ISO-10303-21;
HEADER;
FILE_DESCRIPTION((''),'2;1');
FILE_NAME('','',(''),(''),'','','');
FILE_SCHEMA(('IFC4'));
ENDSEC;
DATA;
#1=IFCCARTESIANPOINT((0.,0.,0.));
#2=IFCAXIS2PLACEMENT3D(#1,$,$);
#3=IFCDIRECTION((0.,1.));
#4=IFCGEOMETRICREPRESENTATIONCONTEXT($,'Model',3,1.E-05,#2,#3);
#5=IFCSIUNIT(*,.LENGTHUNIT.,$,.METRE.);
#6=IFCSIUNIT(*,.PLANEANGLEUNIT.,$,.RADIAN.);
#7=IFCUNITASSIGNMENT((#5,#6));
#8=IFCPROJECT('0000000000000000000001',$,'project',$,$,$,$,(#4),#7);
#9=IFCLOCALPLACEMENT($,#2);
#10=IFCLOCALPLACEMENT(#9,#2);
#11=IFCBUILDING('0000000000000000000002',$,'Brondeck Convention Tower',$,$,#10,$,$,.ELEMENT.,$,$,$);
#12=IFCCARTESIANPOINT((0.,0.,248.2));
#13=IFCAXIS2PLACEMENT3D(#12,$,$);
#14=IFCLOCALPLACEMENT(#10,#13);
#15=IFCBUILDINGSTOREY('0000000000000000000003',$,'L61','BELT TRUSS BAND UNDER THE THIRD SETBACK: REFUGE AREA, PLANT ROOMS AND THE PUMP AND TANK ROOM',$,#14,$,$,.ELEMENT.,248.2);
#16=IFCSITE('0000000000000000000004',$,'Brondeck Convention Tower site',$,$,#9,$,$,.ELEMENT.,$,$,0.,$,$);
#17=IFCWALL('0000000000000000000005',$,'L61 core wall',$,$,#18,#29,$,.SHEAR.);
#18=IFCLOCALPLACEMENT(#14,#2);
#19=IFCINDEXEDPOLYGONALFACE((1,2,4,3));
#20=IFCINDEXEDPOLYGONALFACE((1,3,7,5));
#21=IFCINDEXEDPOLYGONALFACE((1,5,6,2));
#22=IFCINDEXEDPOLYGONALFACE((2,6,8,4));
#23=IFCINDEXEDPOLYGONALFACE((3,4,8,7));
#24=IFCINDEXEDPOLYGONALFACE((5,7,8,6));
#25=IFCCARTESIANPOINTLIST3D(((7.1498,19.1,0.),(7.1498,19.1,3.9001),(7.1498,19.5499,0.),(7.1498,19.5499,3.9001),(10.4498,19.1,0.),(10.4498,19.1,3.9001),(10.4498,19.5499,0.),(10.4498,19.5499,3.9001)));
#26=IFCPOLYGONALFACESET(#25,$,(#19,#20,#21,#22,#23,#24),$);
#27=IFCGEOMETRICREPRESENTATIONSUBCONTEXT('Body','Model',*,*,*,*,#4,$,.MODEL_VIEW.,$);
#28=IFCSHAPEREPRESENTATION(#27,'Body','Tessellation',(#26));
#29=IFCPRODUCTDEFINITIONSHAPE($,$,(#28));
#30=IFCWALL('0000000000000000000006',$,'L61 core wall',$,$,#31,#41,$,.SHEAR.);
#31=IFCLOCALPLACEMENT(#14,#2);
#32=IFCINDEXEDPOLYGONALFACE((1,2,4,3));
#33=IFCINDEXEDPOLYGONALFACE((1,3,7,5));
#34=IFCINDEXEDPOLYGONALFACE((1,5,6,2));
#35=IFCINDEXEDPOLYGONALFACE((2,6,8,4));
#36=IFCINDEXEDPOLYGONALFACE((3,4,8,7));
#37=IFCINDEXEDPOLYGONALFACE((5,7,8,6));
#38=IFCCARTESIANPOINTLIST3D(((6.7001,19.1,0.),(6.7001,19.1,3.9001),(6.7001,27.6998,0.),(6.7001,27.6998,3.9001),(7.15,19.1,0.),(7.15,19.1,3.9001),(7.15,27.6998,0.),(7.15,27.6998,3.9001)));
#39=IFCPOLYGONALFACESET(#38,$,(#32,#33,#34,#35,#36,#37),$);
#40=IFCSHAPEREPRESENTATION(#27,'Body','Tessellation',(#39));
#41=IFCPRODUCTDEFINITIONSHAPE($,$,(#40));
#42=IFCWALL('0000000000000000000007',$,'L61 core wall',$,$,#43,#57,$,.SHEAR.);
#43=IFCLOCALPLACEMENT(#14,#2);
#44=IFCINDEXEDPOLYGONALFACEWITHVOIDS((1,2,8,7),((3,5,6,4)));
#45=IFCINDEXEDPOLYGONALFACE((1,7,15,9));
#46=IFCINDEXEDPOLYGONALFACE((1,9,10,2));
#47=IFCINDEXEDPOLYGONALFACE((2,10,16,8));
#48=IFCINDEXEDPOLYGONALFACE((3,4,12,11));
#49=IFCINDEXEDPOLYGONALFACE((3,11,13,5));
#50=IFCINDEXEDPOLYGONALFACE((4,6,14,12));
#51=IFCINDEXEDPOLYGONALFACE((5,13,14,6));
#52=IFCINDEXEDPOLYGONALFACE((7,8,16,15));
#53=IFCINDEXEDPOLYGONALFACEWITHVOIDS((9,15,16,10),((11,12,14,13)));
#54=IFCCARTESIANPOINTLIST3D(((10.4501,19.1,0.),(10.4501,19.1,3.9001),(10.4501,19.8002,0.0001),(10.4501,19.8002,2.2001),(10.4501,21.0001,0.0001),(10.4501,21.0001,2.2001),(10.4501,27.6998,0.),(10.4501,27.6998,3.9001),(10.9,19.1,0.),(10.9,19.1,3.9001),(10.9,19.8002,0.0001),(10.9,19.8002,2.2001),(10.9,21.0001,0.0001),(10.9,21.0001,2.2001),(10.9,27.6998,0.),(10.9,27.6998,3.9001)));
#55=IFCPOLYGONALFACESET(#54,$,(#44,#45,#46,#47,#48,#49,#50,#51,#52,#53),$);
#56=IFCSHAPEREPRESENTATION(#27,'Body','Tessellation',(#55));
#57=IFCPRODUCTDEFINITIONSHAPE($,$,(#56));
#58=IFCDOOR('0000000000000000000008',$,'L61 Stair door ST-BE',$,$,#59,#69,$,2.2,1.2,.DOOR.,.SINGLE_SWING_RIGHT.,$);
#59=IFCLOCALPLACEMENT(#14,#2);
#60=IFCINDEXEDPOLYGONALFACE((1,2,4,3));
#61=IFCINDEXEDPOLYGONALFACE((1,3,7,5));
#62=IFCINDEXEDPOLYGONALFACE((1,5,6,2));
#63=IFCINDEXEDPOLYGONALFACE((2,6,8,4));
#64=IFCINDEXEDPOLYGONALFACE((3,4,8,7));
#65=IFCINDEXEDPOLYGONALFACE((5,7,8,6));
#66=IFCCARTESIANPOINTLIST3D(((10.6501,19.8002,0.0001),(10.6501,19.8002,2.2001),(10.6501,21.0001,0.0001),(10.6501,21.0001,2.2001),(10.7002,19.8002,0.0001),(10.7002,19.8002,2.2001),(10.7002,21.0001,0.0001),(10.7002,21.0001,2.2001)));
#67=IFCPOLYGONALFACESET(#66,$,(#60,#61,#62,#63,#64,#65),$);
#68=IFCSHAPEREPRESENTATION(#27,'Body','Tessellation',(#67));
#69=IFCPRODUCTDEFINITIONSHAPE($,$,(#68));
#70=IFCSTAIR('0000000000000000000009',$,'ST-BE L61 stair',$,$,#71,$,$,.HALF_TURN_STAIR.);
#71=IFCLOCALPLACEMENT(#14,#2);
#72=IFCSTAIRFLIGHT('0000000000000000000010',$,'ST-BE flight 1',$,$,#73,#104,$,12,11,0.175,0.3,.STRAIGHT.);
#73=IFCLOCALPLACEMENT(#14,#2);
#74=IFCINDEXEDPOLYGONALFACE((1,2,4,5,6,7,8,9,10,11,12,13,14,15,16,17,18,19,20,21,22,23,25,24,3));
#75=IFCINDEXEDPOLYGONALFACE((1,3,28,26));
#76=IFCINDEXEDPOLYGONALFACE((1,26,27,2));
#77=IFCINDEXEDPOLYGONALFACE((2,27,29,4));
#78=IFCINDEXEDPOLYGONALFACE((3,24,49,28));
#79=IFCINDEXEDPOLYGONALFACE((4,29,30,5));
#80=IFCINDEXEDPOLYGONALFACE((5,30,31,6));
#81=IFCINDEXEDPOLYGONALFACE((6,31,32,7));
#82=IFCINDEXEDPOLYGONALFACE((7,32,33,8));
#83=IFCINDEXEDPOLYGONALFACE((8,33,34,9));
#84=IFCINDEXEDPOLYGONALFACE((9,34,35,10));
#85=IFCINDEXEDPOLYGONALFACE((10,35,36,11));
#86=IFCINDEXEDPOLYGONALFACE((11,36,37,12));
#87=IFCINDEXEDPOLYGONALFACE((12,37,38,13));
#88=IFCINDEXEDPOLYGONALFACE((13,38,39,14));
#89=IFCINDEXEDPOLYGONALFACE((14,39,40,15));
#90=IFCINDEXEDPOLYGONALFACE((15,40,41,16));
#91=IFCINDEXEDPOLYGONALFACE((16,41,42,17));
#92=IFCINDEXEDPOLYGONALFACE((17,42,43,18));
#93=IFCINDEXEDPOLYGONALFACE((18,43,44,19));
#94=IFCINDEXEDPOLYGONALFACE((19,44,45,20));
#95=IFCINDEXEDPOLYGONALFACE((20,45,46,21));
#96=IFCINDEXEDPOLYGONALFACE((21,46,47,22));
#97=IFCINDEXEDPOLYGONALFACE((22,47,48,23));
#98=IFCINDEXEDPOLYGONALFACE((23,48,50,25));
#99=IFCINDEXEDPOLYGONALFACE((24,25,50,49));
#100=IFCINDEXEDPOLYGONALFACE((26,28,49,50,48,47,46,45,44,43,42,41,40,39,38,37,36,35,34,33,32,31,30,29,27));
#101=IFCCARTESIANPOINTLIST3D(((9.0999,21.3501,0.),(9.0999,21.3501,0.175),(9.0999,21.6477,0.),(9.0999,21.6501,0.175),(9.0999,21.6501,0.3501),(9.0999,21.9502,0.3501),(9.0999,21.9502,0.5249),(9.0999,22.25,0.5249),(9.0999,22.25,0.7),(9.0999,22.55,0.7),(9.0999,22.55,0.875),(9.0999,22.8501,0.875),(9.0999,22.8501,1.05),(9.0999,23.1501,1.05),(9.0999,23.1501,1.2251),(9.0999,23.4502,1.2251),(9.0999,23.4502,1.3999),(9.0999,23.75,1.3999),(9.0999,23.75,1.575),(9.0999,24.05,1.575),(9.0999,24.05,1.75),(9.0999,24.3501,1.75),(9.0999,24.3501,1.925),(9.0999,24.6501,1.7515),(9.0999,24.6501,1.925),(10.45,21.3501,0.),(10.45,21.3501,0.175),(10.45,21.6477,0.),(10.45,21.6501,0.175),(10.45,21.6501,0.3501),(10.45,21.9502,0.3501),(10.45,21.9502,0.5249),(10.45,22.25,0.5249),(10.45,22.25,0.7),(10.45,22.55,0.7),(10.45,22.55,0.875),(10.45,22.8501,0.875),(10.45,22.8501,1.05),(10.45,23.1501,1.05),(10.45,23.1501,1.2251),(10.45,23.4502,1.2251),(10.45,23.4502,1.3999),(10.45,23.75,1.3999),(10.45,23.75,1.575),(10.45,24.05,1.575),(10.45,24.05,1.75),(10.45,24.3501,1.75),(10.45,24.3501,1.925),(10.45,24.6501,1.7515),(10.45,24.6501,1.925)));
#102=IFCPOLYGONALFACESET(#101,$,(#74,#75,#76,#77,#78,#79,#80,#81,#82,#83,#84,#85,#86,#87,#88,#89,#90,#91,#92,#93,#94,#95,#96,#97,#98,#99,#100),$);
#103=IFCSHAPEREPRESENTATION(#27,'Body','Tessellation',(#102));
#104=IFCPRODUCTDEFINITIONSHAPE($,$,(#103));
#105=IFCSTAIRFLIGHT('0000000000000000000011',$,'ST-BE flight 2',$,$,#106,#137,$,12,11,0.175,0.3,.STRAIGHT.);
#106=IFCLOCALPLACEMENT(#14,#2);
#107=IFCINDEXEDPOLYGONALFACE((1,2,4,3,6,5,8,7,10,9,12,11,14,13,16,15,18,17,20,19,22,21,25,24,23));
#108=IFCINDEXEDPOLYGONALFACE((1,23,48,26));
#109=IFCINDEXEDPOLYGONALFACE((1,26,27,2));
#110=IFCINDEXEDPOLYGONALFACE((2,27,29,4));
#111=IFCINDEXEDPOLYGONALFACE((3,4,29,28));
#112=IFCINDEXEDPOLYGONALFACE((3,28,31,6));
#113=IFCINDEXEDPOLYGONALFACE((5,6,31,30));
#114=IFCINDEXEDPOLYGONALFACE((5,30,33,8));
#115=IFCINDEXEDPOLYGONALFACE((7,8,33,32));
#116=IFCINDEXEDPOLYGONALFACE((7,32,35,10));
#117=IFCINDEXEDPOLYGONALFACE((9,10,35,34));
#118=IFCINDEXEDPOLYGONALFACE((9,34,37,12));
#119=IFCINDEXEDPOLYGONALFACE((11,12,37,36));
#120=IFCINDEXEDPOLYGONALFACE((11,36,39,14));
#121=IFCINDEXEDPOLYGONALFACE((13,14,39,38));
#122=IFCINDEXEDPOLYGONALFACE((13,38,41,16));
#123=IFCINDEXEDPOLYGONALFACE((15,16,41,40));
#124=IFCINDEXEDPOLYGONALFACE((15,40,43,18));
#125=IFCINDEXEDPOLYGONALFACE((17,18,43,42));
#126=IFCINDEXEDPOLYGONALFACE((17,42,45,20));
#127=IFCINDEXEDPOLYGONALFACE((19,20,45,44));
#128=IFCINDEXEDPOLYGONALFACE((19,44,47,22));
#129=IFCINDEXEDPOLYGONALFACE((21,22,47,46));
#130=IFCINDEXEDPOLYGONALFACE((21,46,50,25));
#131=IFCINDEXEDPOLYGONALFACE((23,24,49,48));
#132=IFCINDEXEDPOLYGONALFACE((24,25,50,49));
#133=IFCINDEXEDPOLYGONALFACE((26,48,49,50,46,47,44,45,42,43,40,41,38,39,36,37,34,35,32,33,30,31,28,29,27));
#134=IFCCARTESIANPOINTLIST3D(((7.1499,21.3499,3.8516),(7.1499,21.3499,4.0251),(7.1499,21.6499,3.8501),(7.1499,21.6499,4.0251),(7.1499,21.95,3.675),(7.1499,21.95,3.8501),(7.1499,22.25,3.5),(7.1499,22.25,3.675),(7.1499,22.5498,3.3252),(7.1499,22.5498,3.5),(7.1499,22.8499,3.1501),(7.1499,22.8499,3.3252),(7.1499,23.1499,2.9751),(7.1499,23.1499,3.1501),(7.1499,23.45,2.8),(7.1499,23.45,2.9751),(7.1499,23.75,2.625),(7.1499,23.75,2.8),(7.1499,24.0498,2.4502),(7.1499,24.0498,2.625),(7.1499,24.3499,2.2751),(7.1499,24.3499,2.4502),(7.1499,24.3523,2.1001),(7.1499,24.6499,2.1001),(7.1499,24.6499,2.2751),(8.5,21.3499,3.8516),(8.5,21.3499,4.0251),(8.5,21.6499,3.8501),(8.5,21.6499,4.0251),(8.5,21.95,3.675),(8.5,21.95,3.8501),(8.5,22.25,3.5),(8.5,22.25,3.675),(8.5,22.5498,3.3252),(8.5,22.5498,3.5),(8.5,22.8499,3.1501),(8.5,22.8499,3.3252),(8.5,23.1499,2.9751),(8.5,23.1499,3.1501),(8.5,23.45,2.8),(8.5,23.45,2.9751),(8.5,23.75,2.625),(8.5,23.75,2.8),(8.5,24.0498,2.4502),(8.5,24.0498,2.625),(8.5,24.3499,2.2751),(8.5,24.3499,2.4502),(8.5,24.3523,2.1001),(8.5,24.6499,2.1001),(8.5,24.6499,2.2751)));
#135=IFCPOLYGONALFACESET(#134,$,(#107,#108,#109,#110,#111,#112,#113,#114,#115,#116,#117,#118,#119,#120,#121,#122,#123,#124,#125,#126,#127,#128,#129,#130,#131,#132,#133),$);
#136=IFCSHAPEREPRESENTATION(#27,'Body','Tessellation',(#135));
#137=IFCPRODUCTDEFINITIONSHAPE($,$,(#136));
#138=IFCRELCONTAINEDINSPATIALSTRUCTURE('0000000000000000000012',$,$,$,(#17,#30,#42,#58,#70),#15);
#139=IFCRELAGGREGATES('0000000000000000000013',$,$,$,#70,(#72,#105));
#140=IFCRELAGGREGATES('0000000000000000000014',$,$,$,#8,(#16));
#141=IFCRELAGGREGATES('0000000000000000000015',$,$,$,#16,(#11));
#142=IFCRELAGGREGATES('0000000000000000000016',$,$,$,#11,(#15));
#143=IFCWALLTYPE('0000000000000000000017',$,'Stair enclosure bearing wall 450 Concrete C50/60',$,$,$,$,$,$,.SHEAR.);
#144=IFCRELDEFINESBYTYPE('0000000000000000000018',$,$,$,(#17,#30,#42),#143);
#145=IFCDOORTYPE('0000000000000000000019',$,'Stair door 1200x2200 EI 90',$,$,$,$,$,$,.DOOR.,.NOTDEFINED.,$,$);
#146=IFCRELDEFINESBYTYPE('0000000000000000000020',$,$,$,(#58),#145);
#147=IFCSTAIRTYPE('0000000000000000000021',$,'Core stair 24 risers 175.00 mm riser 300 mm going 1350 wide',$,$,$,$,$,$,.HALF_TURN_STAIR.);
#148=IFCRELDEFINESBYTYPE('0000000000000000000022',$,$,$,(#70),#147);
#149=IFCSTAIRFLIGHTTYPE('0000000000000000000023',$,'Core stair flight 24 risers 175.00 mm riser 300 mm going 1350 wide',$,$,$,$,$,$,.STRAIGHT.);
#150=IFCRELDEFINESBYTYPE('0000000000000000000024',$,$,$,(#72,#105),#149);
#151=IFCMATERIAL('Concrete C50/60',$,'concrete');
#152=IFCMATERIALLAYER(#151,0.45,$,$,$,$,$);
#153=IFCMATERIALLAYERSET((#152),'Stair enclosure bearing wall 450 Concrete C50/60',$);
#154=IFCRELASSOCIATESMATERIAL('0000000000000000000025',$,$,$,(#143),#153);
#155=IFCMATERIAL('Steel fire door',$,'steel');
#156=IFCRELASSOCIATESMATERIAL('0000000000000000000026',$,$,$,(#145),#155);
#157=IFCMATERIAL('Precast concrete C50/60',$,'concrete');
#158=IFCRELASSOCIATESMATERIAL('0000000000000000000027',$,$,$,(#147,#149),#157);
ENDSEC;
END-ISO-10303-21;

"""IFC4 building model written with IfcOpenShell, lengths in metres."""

from ifc_helpers import new_model, si_unit, direction, frame, frame_2d, origin, place, context, subcontext, project, spatial, polyline, rectangle, outline, extrude, material, layer, layer_set, type_object, element, fill, aggregate, save


model = new_model("IFC4")

# Units and contexts
model_context = context("Model", 3, precision=1e-05, world=origin(), true_north=direction((0.0, 1.0)))
body_context = subcontext(model_context, "Body", "Model", "MODEL_VIEW")
ifc_project = project(units=[si_unit("LENGTHUNIT", "METRE"), si_unit("PLANEANGLEUNIT", "RADIAN")], contexts=[model_context])

# Site, building, storey
site_placement = place(None, origin())
site = spatial("IfcSite", under=ifc_project, at=site_placement, Name="Brondeck Convention Tower site", CompositionType="ELEMENT", RefElevation=0.0)
building_placement = place(site_placement, origin())
building = spatial("IfcBuilding", under=site, at=building_placement, Name="Brondeck Convention Tower", CompositionType="ELEMENT")
storey_placement = place(building_placement, frame((0.0, 0.0, 248.2)))
storey = spatial("IfcBuildingStorey", under=building, at=storey_placement, Name="L61", Description="BELT TRUSS BAND UNDER THE THIRD SETBACK: REFUGE AREA, PLANT ROOMS AND THE PUMP AND TANK ROOM", CompositionType="ELEMENT", Elevation=248.2)

# Shared definitions
ifc_material_1 = material(Name="Concrete C50/60", Category="concrete")

# Walls
ifc_layer_1 = layer(ifc_material_1, 0.45)
ifc_layer_set_1 = layer_set([ifc_layer_1], Name="Stair enclosure bearing wall 450 Concrete C50/60")
wall_type_1 = type_object("IfcWallType", Name="Stair enclosure bearing wall 450 Concrete C50/60", PredefinedType="SHEAR", material=ifc_layer_set_1)
wall_1_placement = place(storey_placement, frame((7.1499, 19.325, 0.0), z_axis=(0.0, 0.0, 1.0), x_axis=(1.0, 0.0, 0.0)))
element("IfcWall", 1, at=wall_1_placement, inside=storey, type_object=wall_type_1, Name="L61 core wall", PredefinedType="SHEAR", context=body_context, shape_type="SweptSolid", body=[
    extrude(rectangle(XDim=3.3, YDim=0.45, at=frame_2d((1.6499, 0.0))), origin(), (0.0, 0.0, 1.0), 3.9001),
])
wall_2_placement = place(storey_placement, frame((6.925, 19.1001, 0.0), z_axis=(0.0, 0.0, 1.0), x_axis=(0.0, 1.0, 0.0)))
element("IfcWall", 2, at=wall_2_placement, inside=storey, type_object=wall_type_1, Name="L61 core wall", PredefinedType="SHEAR", context=body_context, shape_type="SweptSolid", body=[
    extrude(rectangle(XDim=8.5999, YDim=0.45, at=frame_2d((4.2998, 0.0))), origin(), (0.0, 0.0, 1.0), 3.9001),
])

# Wall, opening, door
wall_3_placement = place(storey_placement, frame((10.675, 19.1001, 0.0), z_axis=(0.0, 0.0, 1.0), x_axis=(0.0, 1.0, 0.0)))
wall_3 = element("IfcWall", 3, at=wall_3_placement, inside=storey, type_object=wall_type_1, Name="L61 core wall", PredefinedType="SHEAR", context=body_context, shape_type="SweptSolid", body=[
    extrude(rectangle(XDim=8.5999, YDim=0.45, at=frame_2d((4.2998, 0.0))), origin(), (0.0, 0.0, 1.0), 3.9001),
])
opening_placement = place(wall_3_placement, frame((0.7, 0.0, 0.0)))
opening = element("IfcOpeningElement", 4, at=opening_placement, cuts=wall_3, PredefinedType="OPENING", context=body_context, shape_type="SweptSolid", body=[
    extrude(rectangle(XDim=1.2, YDim=2.2, at=frame_2d((0.6001, 1.1001))), frame((0.0, 0.2349, 0.0), z_axis=(0.0, -1.0, 0.0), x_axis=(1.0, 0.0, 0.0)), (0.0, 0.0, 1.0), 0.47),
])
ifc_material_2 = material(Name="Steel fire door", Category="steel")
door_type = type_object("IfcDoorType", Name="Stair door 1200x2200 EI 90", OperationType="NOTDEFINED", PredefinedType="DOOR", material=ifc_material_2)
door_placement = place(opening_placement, origin())
door = element("IfcDoor", 5, at=door_placement, inside=storey, type_object=door_type, Name="L61 Stair door ST-BE", OperationType="SINGLE_SWING_RIGHT", OverallHeight=2.2, OverallWidth=1.2, PredefinedType="DOOR", context=body_context, shape_type="SweptSolid", body=[
    extrude(rectangle(XDim=1.2, YDim=2.2, at=frame_2d((0.6001, 1.1001))), frame((0.0, 0.0249, 0.0), z_axis=(0.0, -1.0, 0.0), x_axis=(1.0, 0.0, 0.0)), (0.0, 0.0, 1.0), 0.05),
])
fill(opening, door)

# Stair, stair flights
ifc_material_3 = material(Name="Precast concrete C50/60", Category="concrete")
stair_type = type_object("IfcStairType", Name="Core stair 24 risers 175.00 mm riser 300 mm going 1350 wide", PredefinedType="HALF_TURN_STAIR", material=ifc_material_3)
stair_placement = place(storey_placement, origin())
stair = element("IfcStair", 6, at=stair_placement, inside=storey, type_object=stair_type, Name="ST-BE L61 stair", PredefinedType="HALF_TURN_STAIR")
stair_flight_type = type_object("IfcStairFlightType", Name="Core stair flight 24 risers 175.00 mm riser 300 mm going 1350 wide", PredefinedType="STRAIGHT", material=ifc_material_3)
stair_flight_1_placement = place(storey_placement, frame((9.7749, 21.3501, 0.0), z_axis=(0.0, 0.0, 1.0), x_axis=(0.0, 1.0, 0.0)))
stair_flight_1 = element("IfcStairFlight", 7, at=stair_flight_1_placement, type_object=stair_flight_type, Name="ST-BE flight 1", NumberOfRisers=12, NumberOfTreads=11, PredefinedType="STRAIGHT", RiserHeight=0.175, TreadLength=0.3, context=body_context, shape_type="SweptSolid", body=[
    extrude(outline(polyline([(0.0, 0.0), (0.0, 0.175), (0.3, 0.175), (0.3, 0.3501), (0.6001, 0.3501), (0.6001, 0.5249), (0.8999, 0.5249), (0.8999, 0.7), (1.2, 0.7), (1.2, 0.875), (1.5, 0.875), (1.5, 1.05), (1.8, 1.05), (1.8, 1.2251), (2.1001, 1.2251), (2.1001, 1.3999), (2.3999, 1.3999), (2.3999, 1.575), (2.7, 1.575), (2.7, 1.75), (3.0, 1.75), (3.0, 1.925), (3.3, 1.925), (3.3, 2.1001), (3.3, 1.7515), (0.2976, 0.0), (0.0, 0.0)])), frame((0.0, 0.675, 0.0), z_axis=(0.0, -1.0, 0.0), x_axis=(1.0, 0.0, 0.0)), (0.0, 0.0, 1.0), 1.3501),
])
stair_flight_2_placement = place(storey_placement, frame((7.825, 24.6499, 2.1001), z_axis=(0.0, 0.0, 1.0), x_axis=(0.0, -1.0, 0.0)))
stair_flight_2 = element("IfcStairFlight", 8, at=stair_flight_2_placement, type_object=stair_flight_type, Name="ST-BE flight 2", NumberOfRisers=12, NumberOfTreads=11, PredefinedType="STRAIGHT", RiserHeight=0.175, TreadLength=0.3, context=body_context, shape_type="SweptSolid", body=[
    extrude(outline(polyline([(0.0, 0.0), (0.0, 0.175), (0.3, 0.175), (0.3, 0.3501), (0.6001, 0.3501), (0.6001, 0.5249), (0.8999, 0.5249), (0.8999, 0.7), (1.2, 0.7), (1.2, 0.875), (1.5, 0.875), (1.5, 1.05), (1.8, 1.05), (1.8, 1.2251), (2.1001, 1.2251), (2.1001, 1.3999), (2.3999, 1.3999), (2.3999, 1.575), (2.7, 1.575), (2.7, 1.75), (3.0, 1.75), (3.0, 1.925), (3.3, 1.925), (3.3, 2.1001), (3.3, 1.7515), (0.2976, 0.0), (0.0, 0.0)])), frame((0.0, 0.675, 0.0), z_axis=(0.0, -1.0, 0.0), x_axis=(1.0, 0.0, 0.0)), (0.0, 0.0, 1.0), 1.3501),
])
aggregate(stair, [stair_flight_1, stair_flight_2])

save(model, "model.ifc")
